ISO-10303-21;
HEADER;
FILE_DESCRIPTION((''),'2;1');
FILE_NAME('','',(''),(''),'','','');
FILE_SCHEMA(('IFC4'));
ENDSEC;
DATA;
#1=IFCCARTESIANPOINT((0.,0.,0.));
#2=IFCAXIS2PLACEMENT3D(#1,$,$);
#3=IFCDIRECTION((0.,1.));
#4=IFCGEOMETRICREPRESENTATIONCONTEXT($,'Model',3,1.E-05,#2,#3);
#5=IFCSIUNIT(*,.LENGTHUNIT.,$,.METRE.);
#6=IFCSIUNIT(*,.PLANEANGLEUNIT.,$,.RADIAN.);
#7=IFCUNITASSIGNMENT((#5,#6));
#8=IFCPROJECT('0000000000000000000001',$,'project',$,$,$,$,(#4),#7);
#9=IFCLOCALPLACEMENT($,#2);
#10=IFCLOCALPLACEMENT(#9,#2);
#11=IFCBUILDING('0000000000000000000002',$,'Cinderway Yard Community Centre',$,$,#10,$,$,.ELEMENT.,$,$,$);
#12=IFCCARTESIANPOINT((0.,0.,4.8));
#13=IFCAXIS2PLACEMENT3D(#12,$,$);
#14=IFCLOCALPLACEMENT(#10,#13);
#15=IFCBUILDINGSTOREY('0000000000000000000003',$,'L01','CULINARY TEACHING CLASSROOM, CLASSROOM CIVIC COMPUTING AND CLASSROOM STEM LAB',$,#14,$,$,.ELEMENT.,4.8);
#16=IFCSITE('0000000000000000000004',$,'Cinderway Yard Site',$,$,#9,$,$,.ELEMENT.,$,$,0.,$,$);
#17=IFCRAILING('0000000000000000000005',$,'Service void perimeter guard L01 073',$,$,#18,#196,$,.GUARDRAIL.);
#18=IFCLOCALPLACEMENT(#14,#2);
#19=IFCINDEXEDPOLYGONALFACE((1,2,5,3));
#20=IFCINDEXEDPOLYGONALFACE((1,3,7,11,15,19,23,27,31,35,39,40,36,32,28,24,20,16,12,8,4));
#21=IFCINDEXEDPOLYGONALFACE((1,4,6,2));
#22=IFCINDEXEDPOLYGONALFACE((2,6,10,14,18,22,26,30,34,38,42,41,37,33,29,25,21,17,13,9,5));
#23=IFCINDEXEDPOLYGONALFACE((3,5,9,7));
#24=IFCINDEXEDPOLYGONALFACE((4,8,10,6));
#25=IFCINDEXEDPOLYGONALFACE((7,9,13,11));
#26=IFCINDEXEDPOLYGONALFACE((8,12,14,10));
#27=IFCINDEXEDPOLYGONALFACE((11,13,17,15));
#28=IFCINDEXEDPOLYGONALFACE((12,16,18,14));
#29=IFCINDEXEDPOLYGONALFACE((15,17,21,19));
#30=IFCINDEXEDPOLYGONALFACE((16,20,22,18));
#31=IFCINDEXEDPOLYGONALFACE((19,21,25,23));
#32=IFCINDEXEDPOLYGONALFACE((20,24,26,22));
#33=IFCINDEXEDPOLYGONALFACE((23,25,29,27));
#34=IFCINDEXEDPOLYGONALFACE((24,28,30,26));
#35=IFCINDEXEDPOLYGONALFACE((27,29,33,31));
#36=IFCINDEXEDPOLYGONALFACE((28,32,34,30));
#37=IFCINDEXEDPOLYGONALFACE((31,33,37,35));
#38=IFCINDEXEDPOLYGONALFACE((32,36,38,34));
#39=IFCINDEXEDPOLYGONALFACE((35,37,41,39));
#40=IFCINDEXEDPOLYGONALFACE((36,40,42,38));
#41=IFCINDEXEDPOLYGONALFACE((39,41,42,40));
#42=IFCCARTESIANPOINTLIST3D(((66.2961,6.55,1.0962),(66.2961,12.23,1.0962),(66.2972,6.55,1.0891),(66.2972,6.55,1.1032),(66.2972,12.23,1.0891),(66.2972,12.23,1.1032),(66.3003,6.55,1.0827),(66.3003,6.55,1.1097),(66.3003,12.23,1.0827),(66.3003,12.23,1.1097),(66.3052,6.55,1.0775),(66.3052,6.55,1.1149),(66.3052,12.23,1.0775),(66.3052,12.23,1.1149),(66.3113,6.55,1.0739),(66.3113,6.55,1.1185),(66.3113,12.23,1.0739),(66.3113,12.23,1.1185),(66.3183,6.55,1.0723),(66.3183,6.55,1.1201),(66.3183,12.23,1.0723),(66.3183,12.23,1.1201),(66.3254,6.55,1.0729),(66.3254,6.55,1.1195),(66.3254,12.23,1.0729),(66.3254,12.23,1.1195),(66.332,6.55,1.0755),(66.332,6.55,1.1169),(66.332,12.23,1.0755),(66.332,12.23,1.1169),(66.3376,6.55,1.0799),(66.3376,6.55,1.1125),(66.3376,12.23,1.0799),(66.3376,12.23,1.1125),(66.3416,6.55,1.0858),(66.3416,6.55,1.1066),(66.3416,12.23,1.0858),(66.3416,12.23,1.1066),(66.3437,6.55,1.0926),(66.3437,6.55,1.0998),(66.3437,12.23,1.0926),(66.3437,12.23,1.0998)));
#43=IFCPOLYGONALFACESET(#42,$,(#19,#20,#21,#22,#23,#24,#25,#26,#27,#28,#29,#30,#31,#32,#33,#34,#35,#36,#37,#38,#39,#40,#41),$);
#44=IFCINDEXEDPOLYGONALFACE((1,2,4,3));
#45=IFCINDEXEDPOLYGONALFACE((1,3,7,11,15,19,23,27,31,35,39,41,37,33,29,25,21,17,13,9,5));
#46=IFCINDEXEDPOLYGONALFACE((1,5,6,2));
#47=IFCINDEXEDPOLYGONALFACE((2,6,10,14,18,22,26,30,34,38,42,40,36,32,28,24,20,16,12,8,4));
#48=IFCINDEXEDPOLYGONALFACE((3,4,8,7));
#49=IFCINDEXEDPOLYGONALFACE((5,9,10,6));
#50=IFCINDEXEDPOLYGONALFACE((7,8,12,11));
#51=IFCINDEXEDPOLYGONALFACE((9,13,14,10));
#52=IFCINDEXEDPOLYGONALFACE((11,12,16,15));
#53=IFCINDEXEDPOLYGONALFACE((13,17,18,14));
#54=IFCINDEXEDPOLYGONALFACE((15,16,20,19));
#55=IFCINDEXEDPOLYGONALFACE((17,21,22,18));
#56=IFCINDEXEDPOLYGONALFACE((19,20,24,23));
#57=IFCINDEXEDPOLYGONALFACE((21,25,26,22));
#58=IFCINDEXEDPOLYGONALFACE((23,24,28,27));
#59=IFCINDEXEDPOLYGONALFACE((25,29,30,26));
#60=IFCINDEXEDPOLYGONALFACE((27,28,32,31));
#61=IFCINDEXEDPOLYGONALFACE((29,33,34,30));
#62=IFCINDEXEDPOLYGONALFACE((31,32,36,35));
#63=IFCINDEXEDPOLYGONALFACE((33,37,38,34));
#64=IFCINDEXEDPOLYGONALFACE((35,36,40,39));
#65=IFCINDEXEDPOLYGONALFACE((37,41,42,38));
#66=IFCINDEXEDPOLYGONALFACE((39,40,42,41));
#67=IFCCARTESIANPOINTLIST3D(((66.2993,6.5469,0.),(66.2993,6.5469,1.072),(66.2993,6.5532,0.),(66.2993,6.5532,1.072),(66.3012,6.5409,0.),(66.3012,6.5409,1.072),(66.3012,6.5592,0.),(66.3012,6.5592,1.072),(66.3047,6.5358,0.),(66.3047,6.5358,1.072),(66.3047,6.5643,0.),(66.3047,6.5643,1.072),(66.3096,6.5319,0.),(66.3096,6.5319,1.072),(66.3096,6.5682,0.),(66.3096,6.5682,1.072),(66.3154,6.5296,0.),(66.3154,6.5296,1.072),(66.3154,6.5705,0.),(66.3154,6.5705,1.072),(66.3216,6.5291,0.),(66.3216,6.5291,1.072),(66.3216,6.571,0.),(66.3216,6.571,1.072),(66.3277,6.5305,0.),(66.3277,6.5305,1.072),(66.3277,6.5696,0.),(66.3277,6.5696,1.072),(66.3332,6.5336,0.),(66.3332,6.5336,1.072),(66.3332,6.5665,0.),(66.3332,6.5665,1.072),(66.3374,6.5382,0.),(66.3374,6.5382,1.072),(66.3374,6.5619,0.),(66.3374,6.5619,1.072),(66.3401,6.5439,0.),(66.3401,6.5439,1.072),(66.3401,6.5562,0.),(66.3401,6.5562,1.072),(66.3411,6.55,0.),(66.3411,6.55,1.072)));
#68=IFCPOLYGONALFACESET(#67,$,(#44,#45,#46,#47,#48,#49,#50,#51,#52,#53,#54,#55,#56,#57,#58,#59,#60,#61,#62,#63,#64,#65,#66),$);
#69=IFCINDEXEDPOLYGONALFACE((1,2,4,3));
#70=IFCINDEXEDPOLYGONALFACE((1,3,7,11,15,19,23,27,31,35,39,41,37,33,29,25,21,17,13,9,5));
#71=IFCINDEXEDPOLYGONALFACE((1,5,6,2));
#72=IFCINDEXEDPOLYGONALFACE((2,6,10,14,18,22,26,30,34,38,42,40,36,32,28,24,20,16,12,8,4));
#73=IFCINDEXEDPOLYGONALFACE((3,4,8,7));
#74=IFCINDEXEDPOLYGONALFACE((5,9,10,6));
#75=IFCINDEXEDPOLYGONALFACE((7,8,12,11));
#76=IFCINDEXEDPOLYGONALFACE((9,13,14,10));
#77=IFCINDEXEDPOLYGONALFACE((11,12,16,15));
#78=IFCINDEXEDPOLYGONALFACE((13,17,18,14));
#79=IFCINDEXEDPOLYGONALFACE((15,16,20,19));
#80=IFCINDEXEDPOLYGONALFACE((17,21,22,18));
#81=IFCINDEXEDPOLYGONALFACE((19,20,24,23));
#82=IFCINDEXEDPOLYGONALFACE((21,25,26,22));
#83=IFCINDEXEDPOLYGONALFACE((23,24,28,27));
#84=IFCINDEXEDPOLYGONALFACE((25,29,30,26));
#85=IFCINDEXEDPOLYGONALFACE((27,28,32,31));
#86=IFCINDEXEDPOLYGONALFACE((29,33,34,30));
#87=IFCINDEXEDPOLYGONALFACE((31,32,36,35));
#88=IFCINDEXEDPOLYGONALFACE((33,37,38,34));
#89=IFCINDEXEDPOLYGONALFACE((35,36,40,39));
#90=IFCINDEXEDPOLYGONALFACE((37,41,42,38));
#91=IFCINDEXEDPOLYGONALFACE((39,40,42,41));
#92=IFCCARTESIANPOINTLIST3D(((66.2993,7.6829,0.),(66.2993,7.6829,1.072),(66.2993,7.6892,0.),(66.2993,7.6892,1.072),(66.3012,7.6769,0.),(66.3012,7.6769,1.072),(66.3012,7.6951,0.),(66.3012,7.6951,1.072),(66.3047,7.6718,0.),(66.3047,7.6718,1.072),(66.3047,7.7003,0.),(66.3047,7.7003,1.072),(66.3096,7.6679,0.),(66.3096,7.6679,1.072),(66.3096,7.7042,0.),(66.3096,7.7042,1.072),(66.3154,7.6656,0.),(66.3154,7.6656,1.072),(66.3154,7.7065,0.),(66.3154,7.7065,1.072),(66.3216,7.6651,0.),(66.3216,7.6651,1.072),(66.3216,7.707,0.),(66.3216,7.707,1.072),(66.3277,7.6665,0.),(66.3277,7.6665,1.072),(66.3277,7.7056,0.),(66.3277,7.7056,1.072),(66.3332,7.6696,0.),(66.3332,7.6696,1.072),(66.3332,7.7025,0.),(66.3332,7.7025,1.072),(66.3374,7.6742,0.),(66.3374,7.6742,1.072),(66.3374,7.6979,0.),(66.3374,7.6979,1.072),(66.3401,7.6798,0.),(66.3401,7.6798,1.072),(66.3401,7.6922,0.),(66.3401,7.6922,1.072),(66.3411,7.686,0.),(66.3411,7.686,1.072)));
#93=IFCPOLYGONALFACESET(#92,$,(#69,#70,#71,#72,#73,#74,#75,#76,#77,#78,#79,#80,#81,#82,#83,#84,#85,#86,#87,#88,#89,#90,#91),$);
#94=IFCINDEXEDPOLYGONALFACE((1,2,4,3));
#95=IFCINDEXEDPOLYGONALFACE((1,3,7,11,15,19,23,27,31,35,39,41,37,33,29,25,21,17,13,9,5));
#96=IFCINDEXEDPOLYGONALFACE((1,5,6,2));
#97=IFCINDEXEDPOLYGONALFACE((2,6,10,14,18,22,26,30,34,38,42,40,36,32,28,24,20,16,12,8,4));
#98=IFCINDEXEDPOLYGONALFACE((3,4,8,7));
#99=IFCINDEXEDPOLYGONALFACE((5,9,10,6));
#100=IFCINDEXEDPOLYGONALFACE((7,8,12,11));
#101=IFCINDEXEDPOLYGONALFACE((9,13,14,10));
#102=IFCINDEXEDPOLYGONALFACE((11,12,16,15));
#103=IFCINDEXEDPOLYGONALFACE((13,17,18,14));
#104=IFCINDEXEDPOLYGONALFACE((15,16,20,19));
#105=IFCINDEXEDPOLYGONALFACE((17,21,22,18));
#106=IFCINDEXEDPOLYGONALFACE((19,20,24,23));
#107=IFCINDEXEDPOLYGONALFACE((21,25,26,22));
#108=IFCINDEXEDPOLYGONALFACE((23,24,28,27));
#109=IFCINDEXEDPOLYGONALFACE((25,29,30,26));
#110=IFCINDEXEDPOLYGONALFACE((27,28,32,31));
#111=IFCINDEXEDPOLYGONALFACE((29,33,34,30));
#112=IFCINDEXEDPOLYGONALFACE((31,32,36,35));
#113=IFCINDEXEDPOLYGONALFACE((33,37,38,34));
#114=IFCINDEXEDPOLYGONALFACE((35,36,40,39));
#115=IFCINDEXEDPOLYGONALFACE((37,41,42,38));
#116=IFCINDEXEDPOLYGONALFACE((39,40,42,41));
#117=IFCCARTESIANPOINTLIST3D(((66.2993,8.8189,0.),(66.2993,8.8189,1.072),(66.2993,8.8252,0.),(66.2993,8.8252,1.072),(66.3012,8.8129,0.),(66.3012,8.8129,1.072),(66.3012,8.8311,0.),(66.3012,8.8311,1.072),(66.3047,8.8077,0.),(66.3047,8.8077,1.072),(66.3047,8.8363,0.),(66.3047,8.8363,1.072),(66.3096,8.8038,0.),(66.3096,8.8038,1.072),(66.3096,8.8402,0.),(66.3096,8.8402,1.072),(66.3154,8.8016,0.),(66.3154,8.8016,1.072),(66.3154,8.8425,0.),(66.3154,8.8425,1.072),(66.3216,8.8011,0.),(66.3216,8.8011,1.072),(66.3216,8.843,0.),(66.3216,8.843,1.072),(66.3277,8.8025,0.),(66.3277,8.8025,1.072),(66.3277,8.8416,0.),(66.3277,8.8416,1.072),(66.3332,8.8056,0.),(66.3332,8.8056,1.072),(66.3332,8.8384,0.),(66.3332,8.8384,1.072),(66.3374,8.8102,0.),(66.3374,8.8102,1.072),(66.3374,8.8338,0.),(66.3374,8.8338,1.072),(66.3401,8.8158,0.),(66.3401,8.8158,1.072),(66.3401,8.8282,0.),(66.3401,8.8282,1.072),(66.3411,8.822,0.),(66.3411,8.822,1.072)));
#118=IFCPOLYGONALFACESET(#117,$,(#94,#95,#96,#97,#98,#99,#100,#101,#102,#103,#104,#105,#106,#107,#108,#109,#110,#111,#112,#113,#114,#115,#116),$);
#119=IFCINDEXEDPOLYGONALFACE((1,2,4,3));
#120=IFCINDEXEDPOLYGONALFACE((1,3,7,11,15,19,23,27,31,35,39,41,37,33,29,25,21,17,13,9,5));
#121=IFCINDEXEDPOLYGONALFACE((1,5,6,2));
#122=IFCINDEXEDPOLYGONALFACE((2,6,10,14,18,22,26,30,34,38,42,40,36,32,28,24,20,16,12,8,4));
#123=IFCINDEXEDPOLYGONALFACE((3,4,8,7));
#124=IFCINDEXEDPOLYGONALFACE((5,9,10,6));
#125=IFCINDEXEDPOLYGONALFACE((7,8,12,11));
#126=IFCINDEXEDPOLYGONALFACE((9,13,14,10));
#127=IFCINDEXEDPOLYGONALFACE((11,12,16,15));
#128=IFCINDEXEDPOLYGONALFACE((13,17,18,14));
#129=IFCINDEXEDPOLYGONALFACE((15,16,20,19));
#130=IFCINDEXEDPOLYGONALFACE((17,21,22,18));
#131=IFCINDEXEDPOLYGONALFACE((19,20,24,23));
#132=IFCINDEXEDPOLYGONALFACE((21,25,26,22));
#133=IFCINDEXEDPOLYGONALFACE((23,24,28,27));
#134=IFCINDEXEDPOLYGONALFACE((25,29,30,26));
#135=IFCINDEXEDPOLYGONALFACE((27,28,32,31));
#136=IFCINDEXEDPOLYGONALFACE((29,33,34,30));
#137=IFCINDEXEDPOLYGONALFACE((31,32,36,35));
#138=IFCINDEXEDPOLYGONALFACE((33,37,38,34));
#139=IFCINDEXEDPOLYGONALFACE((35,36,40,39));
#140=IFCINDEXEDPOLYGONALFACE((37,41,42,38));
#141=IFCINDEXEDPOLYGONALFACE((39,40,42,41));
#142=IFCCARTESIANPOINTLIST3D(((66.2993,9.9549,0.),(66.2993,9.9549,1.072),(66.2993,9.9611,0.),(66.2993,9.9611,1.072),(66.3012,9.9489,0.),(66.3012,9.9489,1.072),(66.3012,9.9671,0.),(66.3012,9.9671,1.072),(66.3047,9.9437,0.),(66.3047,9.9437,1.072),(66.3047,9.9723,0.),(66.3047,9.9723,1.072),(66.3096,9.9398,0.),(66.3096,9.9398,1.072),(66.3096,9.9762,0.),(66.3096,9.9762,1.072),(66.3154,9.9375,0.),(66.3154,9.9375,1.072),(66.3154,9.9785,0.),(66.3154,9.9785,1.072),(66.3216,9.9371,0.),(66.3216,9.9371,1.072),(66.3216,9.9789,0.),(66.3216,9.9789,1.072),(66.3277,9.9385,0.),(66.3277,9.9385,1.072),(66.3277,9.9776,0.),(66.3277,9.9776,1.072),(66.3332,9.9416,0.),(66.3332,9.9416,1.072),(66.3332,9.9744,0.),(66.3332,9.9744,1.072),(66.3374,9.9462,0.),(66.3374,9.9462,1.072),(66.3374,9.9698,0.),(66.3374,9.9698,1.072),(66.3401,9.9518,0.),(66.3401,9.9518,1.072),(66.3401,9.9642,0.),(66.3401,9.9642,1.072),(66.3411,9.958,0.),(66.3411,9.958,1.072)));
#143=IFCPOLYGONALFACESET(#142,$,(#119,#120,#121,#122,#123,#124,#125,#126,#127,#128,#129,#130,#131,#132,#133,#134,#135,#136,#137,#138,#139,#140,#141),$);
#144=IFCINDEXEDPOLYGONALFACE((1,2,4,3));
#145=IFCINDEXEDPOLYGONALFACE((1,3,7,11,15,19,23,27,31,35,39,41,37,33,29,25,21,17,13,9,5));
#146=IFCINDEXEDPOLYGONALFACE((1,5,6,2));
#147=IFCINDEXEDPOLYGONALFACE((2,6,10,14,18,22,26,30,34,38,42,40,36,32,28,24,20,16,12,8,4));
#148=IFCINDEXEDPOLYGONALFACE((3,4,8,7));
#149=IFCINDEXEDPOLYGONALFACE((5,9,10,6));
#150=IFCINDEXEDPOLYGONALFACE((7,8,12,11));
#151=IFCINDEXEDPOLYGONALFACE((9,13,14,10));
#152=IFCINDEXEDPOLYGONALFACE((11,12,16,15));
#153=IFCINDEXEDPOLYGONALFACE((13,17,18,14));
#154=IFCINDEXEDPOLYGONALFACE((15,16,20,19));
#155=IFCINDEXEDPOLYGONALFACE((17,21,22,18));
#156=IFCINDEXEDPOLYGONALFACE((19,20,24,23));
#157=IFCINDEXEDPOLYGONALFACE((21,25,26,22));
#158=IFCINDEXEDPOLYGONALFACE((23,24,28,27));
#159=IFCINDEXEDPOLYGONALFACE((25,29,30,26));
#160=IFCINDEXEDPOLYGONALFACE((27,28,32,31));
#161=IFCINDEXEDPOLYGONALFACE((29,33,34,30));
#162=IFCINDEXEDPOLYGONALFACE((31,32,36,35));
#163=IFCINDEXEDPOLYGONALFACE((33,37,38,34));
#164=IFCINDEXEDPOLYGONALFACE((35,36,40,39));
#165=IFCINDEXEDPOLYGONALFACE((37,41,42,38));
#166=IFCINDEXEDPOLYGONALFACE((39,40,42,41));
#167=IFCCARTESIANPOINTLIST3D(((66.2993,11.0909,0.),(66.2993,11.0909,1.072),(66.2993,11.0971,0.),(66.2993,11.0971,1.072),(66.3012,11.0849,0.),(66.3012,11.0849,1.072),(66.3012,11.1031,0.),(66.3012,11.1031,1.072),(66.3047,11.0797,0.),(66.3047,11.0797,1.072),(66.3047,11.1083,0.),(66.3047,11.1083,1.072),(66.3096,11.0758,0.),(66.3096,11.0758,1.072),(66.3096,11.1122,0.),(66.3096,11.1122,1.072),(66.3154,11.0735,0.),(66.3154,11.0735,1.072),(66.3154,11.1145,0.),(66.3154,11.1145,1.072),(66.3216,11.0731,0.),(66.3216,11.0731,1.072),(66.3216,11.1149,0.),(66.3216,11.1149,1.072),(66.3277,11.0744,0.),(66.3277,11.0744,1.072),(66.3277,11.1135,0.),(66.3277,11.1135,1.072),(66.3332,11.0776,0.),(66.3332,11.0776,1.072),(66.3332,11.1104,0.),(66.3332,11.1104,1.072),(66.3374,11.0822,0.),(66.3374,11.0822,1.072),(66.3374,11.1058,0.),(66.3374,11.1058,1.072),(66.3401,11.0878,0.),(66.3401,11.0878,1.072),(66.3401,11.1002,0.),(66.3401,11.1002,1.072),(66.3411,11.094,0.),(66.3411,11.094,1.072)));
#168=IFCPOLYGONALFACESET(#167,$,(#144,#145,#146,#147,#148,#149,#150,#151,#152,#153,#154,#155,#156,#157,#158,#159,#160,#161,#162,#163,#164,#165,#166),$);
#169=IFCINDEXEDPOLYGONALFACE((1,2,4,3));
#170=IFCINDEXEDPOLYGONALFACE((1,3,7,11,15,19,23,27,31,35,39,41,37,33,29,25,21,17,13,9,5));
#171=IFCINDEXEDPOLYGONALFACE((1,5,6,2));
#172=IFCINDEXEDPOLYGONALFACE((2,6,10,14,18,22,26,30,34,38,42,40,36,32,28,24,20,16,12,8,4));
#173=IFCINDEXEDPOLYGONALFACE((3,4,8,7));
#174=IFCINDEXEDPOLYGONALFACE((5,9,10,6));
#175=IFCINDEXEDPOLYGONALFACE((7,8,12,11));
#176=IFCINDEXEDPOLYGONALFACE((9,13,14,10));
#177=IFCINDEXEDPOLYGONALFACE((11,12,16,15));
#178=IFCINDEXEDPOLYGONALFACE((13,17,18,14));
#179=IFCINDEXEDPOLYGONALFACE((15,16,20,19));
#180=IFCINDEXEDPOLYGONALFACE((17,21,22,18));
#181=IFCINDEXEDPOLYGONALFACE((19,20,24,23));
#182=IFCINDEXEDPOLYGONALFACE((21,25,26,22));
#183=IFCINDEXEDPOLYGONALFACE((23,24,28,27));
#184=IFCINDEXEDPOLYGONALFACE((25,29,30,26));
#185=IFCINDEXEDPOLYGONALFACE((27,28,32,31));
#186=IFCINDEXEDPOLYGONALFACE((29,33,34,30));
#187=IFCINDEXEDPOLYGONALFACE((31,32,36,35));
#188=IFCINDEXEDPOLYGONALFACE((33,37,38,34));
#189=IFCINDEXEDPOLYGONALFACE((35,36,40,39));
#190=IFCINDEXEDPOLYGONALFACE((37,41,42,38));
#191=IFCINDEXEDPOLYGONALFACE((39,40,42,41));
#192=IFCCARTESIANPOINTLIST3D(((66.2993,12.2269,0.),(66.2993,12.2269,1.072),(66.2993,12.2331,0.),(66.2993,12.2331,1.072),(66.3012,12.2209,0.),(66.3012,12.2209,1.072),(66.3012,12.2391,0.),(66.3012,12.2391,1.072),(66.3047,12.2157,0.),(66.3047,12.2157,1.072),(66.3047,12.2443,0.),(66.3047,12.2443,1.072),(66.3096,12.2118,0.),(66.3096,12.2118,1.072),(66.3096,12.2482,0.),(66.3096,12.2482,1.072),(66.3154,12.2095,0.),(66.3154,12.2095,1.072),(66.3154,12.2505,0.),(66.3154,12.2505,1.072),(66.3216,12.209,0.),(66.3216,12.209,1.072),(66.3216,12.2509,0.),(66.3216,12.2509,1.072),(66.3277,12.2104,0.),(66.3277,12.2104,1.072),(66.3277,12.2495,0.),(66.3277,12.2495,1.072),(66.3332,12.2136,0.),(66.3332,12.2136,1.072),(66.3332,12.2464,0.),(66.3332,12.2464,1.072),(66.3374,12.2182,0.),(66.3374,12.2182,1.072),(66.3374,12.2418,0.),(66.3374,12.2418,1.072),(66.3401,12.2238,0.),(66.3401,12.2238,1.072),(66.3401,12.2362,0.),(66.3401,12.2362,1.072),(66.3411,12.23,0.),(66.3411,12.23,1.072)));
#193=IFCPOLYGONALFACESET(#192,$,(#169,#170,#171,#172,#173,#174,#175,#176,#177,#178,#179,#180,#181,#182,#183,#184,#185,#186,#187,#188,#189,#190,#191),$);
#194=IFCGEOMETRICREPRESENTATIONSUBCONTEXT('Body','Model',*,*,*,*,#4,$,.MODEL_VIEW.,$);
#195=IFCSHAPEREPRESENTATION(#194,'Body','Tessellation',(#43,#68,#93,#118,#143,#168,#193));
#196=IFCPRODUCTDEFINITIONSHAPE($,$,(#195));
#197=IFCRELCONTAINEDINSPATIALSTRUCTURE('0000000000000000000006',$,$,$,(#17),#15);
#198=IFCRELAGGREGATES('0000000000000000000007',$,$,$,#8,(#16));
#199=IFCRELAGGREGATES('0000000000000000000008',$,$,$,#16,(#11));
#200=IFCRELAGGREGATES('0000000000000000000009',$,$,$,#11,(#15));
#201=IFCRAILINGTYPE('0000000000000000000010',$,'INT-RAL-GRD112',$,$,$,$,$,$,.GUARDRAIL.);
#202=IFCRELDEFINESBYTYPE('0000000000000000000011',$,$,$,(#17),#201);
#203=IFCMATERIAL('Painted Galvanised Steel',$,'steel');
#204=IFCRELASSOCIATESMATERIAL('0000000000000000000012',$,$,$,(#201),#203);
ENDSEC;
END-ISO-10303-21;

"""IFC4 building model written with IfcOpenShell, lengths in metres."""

from ifc_helpers import new_model, si_unit, direction, frame, origin, origin_2d, place, context, subcontext, project, spatial, circle, extrude, material, type_object, element, save


model = new_model("IFC4")

# Units and contexts
model_context = context("Model", 3, precision=1e-05, world=origin(), true_north=direction((0.0, 1.0)))
body_context = subcontext(model_context, "Body", "Model", "MODEL_VIEW")
ifc_project = project(units=[si_unit("LENGTHUNIT", "METRE"), si_unit("PLANEANGLEUNIT", "RADIAN")], contexts=[model_context])

# Site, building, storey
site_placement = place(None, origin())
site = spatial("IfcSite", under=ifc_project, at=site_placement, Name="Cinderway Yard Site", CompositionType="ELEMENT", RefElevation=0.0)
building_placement = place(site_placement, origin())
building = spatial("IfcBuilding", under=site, at=building_placement, Name="Cinderway Yard Community Centre", CompositionType="ELEMENT")
storey_placement = place(building_placement, frame((0.0, 0.0, 4.8)))
storey = spatial("IfcBuildingStorey", under=building, at=storey_placement, Name="L01", Description="CULINARY TEACHING CLASSROOM, CLASSROOM CIVIC COMPUTING AND CLASSROOM STEM LAB", CompositionType="ELEMENT", Elevation=4.8)

# Shared definitions
ifc_material_1 = material(Name="Painted Galvanised Steel", Category="steel")

# Railing
railing_type_1 = type_object("IfcRailingType", Name="INT-RAL-GRD112", PredefinedType="GUARDRAIL", material=ifc_material_1)
railing_1_placement = place(storey_placement, frame((66.3201, 6.55, 0.0)))
element("IfcRailing", 1, at=railing_1_placement, inside=storey, type_object=railing_type_1, Name="Service void perimeter guard L01 073", PredefinedType="GUARDRAIL", context=body_context, shape_type="SweptSolid", body=[
    extrude(circle(Radius=0.0239, at=origin_2d()), frame((0.0, 0.0, 1.0962), z_axis=(0.0, 1.0, 0.0), x_axis=(-1.0, 0.0, 0.0)), (0.0, 0.0, 1.0), 5.6799),
    extrude(circle(Radius=0.021, at=origin_2d()), origin(), (0.0, 0.0, 1.0), 1.072),
    extrude(circle(Radius=0.021, at=origin_2d()), frame((0.0, 1.136, 0.0)), (0.0, 0.0, 1.0), 1.072),
    extrude(circle(Radius=0.021, at=origin_2d()), frame((0.0, 2.272, 0.0)), (0.0, 0.0, 1.0), 1.072),
    extrude(circle(Radius=0.021, at=origin_2d()), frame((0.0, 3.408, 0.0)), (0.0, 0.0, 1.0), 1.072),
    extrude(circle(Radius=0.021, at=origin_2d()), frame((0.0, 4.5439, 0.0)), (0.0, 0.0, 1.0), 1.072),
    extrude(circle(Radius=0.021, at=origin_2d()), frame((0.0, 5.6799, 0.0)), (0.0, 0.0, 1.0), 1.072),
])

save(model, "model.ifc")
